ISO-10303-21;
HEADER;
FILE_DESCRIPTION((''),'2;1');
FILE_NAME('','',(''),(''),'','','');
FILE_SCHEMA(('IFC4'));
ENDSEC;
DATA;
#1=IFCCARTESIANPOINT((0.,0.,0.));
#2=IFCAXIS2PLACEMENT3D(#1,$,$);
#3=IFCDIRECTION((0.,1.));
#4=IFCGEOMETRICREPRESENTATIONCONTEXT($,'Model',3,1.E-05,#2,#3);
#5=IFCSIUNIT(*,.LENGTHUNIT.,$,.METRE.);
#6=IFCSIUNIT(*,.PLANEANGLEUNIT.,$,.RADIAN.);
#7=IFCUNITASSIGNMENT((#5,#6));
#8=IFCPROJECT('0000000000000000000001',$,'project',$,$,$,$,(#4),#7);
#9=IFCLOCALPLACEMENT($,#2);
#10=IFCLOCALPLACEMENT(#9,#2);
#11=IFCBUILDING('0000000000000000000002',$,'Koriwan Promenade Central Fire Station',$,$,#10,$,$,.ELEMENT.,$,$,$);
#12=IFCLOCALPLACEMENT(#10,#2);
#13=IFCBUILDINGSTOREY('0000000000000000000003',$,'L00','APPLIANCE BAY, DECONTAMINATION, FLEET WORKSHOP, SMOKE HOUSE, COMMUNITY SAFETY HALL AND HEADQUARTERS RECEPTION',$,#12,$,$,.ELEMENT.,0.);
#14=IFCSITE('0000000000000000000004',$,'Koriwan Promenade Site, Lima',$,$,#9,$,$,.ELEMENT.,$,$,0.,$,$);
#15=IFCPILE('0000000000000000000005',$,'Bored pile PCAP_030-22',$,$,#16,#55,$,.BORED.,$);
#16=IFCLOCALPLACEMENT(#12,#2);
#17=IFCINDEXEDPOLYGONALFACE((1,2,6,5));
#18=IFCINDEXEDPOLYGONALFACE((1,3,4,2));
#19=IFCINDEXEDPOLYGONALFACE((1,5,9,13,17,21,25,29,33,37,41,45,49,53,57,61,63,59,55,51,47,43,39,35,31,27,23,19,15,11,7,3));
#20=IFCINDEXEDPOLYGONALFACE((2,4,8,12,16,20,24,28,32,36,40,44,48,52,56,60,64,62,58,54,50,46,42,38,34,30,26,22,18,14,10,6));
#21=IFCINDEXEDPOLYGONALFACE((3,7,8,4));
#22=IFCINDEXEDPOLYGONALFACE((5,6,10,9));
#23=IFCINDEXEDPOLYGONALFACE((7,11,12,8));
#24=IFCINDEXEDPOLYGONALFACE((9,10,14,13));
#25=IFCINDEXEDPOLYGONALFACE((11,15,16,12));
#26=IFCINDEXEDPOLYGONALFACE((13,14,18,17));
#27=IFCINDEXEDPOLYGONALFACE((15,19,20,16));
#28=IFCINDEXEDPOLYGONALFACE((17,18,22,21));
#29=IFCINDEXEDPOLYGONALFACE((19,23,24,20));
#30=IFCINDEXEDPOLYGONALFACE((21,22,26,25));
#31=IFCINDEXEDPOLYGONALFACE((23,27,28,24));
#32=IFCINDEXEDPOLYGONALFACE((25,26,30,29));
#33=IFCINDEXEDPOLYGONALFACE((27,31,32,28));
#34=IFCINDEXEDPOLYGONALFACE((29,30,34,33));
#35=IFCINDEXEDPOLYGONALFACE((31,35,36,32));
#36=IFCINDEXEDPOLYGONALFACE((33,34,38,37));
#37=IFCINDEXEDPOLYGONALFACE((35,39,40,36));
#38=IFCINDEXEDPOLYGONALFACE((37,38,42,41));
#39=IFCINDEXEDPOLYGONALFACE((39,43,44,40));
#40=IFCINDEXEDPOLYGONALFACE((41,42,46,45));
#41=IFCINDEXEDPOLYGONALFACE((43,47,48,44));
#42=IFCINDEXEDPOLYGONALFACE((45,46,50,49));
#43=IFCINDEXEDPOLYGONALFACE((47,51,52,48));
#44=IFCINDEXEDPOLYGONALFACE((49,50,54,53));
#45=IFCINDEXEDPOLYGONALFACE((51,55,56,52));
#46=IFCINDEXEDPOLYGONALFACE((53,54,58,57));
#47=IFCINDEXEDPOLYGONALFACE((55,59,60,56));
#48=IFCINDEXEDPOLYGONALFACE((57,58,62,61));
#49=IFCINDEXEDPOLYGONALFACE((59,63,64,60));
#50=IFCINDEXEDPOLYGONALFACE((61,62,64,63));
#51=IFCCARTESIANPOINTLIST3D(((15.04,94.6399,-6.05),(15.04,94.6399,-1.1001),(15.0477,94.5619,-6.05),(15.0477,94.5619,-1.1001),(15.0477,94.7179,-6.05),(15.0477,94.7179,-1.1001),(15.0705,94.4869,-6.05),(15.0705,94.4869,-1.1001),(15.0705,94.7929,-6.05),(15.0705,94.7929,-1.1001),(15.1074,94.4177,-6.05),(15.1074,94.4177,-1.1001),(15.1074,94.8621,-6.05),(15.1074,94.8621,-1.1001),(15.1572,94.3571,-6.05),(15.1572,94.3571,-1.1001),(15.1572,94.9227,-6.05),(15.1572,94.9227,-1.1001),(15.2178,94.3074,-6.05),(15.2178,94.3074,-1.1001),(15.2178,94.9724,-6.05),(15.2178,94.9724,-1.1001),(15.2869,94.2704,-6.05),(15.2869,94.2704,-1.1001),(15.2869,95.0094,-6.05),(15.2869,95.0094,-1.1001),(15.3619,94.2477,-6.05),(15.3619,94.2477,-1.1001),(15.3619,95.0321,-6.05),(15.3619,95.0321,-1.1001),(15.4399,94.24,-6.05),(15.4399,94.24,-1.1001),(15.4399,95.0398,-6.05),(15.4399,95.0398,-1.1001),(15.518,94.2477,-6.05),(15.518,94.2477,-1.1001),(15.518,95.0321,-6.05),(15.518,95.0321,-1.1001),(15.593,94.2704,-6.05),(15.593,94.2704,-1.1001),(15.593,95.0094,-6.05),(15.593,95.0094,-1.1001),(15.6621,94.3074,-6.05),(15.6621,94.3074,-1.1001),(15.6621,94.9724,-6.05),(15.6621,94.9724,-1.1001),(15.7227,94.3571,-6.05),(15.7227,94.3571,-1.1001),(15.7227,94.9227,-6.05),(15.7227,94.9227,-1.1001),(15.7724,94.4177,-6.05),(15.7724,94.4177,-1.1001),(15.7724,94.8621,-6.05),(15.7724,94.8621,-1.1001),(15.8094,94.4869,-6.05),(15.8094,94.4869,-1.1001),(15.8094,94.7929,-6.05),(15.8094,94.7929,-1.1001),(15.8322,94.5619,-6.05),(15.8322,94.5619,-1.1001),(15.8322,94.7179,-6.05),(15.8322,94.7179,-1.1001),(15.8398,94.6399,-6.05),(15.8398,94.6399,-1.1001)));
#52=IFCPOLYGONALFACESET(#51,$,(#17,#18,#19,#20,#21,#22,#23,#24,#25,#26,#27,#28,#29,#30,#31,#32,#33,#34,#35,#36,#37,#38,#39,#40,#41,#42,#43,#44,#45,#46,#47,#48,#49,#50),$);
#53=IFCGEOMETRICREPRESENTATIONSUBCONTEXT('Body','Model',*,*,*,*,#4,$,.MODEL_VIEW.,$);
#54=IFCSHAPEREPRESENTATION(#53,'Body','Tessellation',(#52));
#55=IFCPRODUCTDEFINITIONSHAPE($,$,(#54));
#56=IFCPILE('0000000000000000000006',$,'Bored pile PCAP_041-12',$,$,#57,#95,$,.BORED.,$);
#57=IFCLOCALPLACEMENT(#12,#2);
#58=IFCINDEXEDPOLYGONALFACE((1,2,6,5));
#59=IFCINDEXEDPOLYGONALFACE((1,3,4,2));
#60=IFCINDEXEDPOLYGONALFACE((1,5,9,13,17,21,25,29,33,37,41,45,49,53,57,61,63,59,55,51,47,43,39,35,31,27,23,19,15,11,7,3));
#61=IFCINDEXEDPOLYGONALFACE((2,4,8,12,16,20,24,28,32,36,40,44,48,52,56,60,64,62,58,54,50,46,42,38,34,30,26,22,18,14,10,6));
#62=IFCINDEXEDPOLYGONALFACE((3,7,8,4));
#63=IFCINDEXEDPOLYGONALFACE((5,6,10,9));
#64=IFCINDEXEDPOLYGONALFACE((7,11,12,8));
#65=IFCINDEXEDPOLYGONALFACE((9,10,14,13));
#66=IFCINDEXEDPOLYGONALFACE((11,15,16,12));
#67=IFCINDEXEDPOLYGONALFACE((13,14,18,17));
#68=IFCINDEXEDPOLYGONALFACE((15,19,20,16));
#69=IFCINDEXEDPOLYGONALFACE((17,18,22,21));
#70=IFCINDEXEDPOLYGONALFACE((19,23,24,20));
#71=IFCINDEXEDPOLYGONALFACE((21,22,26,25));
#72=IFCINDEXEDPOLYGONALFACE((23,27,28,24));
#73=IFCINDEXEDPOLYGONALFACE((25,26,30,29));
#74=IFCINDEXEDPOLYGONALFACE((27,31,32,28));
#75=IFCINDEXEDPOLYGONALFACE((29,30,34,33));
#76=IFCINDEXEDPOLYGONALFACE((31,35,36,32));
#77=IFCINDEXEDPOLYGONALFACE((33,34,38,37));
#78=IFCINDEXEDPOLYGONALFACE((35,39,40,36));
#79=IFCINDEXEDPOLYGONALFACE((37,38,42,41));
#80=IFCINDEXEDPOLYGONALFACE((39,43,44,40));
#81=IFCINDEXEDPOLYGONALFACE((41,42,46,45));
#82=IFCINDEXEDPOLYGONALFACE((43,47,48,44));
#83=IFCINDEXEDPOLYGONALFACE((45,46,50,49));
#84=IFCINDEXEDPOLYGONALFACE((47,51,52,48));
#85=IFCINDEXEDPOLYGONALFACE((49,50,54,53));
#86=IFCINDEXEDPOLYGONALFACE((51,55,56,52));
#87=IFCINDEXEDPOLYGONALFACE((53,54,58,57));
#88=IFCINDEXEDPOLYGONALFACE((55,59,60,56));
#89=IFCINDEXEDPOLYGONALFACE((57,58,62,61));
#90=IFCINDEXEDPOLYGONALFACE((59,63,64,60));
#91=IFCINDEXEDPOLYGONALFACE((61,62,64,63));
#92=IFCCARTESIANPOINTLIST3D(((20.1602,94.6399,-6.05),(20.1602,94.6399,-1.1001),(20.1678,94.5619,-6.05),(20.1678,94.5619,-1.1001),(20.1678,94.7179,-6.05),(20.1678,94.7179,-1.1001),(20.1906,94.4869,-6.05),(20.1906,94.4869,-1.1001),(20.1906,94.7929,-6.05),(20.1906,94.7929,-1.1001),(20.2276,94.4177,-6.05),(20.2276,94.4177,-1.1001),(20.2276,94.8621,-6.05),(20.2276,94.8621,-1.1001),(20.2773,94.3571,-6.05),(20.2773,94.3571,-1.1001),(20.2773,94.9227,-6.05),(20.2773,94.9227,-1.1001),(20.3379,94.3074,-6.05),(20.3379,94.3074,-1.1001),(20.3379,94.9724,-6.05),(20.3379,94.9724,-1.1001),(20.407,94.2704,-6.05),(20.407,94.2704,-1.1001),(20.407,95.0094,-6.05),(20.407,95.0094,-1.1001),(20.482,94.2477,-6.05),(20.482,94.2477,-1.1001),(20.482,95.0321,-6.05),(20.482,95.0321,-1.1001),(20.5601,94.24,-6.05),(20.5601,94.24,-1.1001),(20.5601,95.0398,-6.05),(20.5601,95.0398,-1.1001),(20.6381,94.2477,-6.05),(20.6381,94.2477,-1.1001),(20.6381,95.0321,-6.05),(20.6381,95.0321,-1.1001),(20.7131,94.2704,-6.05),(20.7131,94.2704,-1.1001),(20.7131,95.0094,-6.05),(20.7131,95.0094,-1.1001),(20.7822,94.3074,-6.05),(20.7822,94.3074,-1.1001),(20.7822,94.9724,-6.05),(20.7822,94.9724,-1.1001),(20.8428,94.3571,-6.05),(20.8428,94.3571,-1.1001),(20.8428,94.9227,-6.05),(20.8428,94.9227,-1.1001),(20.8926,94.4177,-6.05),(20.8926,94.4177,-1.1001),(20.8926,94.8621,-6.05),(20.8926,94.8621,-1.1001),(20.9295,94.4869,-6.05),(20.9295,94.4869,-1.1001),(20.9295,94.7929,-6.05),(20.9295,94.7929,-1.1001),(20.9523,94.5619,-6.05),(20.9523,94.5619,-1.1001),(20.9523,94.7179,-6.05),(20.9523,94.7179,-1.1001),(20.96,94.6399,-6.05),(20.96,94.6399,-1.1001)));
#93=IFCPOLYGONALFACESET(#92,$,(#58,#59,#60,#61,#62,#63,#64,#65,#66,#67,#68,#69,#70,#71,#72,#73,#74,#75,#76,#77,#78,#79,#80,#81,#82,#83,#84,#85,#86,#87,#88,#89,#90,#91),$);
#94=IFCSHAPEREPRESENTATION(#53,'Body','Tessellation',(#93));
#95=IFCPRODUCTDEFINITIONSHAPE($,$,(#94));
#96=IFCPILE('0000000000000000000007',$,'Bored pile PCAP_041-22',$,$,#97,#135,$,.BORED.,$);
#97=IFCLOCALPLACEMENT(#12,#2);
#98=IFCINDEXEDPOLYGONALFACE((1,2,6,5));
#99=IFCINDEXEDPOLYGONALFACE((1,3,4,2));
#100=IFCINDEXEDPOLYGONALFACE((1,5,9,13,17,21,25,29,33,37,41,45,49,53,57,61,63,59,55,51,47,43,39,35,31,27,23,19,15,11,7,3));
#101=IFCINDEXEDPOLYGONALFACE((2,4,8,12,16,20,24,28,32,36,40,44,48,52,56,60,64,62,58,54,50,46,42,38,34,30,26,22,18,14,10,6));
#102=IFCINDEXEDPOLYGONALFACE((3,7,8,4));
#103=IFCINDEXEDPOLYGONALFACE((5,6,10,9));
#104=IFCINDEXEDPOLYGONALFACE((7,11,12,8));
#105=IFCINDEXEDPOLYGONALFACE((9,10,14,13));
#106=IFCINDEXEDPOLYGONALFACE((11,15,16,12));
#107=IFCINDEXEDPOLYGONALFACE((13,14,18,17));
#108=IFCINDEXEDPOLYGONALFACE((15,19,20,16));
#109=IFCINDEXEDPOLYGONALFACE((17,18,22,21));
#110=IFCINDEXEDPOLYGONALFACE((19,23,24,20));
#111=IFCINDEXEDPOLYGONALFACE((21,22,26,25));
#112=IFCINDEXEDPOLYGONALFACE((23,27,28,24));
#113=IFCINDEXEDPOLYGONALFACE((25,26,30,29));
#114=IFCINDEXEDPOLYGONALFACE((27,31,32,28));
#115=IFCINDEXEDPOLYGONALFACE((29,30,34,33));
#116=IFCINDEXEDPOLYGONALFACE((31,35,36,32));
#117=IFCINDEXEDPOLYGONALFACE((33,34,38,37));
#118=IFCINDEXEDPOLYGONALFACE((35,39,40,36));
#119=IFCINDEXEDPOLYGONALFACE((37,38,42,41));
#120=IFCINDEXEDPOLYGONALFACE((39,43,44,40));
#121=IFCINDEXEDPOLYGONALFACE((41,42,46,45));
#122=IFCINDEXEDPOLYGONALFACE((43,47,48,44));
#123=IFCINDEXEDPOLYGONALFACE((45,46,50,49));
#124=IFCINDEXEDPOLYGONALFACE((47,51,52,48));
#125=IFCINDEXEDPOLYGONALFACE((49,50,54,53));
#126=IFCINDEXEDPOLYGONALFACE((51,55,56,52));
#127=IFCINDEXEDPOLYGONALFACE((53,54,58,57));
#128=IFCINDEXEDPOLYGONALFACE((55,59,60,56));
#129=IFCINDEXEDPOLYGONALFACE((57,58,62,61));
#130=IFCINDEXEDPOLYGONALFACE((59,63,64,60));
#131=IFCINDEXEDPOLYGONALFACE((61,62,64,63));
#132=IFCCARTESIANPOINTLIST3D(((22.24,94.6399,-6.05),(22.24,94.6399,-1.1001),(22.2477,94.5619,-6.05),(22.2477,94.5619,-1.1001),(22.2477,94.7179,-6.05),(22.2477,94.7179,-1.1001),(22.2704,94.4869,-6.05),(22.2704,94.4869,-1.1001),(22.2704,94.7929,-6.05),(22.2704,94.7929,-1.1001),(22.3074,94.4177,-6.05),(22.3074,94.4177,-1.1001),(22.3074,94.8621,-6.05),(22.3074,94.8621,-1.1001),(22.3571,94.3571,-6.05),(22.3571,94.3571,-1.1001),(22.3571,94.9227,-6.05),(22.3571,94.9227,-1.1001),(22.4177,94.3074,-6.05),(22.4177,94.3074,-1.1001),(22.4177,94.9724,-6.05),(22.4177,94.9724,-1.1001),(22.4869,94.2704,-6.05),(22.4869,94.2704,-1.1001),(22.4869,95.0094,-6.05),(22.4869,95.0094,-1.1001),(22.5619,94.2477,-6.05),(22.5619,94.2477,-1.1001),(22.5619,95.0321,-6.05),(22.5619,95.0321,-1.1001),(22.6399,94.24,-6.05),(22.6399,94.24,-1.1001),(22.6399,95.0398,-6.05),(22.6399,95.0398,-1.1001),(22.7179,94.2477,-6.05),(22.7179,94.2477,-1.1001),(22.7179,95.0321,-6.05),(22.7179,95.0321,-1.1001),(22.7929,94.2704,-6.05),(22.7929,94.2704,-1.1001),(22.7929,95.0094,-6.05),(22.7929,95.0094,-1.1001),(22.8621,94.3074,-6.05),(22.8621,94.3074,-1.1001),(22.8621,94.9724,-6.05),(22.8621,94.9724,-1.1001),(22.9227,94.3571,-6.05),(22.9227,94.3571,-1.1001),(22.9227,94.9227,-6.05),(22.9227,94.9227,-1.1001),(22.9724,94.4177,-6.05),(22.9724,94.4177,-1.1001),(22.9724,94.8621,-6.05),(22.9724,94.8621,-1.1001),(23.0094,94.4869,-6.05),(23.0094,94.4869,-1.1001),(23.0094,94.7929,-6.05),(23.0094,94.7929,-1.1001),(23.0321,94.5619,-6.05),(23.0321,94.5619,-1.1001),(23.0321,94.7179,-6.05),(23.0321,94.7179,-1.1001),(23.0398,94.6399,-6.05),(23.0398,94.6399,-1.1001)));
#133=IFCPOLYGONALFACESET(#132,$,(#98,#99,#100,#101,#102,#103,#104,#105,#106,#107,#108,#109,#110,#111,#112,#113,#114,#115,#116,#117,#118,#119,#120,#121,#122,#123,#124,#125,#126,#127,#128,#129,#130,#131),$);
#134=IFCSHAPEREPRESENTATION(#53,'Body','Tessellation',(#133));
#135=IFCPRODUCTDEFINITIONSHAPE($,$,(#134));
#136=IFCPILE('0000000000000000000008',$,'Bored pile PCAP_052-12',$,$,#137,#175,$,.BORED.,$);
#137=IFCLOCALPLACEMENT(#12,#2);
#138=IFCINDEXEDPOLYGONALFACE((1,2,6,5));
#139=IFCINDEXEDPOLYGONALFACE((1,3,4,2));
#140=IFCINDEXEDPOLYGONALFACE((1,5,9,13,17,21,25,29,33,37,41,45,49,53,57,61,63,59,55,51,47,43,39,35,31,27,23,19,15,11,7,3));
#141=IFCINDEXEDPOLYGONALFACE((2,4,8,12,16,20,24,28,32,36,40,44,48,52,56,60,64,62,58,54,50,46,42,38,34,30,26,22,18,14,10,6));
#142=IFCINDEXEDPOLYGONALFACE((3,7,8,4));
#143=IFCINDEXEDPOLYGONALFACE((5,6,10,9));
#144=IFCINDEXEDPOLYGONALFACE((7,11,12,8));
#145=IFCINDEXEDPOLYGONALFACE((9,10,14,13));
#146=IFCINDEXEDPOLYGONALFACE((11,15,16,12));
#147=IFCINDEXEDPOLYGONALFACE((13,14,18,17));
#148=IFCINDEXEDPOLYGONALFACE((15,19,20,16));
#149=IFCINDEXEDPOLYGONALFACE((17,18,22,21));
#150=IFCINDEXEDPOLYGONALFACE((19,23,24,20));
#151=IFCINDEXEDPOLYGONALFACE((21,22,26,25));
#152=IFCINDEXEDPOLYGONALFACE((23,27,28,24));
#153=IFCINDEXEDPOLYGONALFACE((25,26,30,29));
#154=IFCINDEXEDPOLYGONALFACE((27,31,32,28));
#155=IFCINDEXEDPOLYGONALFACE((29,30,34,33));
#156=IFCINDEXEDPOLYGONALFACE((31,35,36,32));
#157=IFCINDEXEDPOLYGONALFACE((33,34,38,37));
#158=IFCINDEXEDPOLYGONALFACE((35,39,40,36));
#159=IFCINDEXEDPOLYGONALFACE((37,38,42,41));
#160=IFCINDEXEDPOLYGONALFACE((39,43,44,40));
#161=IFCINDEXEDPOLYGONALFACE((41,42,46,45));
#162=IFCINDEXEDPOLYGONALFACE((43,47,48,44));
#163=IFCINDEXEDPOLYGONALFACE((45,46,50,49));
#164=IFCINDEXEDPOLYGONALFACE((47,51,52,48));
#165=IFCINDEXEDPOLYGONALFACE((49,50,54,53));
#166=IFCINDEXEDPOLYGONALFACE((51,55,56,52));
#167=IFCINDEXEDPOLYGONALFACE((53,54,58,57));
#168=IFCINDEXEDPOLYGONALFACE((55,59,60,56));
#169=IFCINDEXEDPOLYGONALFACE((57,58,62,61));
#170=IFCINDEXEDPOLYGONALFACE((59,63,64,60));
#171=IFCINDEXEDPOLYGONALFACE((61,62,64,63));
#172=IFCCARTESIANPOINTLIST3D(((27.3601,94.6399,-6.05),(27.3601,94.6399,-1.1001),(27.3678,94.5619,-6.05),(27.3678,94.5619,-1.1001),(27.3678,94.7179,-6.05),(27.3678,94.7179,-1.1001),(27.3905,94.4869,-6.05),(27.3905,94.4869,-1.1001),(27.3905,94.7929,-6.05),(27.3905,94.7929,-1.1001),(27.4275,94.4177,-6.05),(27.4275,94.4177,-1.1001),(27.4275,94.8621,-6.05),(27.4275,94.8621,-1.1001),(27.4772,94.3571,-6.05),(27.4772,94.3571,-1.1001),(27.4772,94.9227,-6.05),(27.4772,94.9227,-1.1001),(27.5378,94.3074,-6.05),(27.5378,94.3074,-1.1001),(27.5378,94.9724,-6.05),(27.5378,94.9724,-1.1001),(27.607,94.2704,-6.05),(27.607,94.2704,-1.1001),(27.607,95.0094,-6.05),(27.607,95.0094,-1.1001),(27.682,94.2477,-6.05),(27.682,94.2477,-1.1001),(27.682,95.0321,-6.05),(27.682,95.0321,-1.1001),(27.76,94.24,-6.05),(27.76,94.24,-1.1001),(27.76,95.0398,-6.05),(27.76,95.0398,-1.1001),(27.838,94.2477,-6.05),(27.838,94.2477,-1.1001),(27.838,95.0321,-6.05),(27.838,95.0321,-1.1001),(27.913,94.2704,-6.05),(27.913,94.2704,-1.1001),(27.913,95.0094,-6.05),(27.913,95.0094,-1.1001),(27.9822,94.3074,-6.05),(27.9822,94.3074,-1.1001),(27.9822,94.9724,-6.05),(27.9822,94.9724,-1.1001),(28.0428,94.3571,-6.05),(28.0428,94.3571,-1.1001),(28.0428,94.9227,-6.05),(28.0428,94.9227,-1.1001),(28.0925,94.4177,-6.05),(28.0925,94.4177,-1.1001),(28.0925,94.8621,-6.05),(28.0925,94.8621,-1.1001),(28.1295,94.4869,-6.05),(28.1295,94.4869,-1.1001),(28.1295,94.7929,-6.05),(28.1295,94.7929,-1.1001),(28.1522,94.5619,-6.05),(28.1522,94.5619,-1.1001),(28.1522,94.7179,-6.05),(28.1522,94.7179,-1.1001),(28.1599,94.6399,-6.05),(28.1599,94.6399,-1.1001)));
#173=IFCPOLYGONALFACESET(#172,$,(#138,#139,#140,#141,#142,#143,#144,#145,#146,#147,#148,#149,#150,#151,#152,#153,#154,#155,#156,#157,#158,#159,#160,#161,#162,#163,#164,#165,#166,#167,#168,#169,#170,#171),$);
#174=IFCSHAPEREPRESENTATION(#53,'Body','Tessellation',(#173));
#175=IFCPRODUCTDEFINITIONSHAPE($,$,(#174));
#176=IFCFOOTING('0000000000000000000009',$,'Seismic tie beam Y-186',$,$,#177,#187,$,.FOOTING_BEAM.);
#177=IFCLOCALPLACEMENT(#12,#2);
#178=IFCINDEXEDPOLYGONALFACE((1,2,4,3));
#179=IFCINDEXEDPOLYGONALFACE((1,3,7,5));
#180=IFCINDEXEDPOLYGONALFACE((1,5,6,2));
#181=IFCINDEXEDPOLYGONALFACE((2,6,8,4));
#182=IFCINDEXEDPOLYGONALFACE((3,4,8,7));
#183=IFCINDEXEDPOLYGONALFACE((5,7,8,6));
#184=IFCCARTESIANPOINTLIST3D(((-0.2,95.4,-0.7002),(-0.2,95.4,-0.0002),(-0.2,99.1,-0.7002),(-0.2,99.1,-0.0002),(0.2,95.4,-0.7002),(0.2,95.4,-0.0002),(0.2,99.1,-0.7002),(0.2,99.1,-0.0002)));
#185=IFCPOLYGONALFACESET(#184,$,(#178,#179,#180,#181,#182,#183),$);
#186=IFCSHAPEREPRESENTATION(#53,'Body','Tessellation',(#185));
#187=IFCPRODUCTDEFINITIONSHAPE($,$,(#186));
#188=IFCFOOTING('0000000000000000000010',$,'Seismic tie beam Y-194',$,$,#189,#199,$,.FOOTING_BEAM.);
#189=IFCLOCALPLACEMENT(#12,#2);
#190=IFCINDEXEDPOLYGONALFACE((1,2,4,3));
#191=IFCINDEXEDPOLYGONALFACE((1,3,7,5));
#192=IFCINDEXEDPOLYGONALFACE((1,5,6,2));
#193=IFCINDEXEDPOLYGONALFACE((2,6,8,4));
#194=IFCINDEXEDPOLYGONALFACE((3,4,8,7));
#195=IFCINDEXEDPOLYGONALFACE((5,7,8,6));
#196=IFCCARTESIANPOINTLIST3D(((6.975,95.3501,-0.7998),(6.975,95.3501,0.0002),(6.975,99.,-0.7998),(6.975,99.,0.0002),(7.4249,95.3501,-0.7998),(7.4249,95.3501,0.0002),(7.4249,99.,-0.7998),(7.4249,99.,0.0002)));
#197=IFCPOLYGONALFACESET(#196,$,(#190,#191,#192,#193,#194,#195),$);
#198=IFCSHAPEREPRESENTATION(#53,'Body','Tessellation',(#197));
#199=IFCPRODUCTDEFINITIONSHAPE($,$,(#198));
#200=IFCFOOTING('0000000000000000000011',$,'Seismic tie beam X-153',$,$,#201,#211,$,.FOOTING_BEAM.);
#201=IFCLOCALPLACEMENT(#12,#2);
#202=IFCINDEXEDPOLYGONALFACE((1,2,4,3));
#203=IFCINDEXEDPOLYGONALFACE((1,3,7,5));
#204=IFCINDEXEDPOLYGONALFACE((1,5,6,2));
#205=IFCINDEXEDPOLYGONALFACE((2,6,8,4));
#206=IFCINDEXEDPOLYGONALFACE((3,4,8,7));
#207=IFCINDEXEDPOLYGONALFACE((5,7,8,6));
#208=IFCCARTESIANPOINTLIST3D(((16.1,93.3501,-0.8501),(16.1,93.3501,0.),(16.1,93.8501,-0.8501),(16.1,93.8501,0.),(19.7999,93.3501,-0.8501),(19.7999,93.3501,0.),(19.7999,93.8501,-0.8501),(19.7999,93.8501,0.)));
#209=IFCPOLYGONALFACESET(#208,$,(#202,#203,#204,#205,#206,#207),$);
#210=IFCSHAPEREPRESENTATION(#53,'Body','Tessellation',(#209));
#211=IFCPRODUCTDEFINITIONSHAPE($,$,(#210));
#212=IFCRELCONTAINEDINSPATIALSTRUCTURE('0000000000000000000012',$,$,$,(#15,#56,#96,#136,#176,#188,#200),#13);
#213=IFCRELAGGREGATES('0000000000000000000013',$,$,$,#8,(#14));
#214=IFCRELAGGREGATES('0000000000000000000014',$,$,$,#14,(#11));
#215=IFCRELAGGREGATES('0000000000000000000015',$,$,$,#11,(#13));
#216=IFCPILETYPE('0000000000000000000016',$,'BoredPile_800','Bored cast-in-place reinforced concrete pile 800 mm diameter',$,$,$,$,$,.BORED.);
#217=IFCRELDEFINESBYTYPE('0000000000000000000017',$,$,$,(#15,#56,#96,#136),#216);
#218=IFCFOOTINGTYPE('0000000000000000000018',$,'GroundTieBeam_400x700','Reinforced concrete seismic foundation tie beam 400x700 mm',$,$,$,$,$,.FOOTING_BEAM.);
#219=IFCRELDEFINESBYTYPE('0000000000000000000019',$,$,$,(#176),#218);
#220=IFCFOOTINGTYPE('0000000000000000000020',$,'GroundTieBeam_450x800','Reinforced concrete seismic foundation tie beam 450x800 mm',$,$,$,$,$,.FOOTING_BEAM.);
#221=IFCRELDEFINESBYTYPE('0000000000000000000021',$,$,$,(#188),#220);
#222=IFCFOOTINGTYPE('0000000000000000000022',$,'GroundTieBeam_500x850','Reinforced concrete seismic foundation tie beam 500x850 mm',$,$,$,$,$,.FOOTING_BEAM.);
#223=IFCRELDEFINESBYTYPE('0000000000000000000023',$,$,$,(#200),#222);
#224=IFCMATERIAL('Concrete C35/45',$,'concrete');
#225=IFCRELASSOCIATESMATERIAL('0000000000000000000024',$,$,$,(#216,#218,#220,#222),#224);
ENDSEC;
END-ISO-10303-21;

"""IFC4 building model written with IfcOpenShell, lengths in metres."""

from ifc_helpers import new_model, si_unit, direction, frame, origin, origin_2d, place, context, subcontext, project, spatial, rectangle, circle, extrude, material, material_profile, profile_set, type_object, element, save


model = new_model("IFC4")

# Units and contexts
model_context = context("Model", 3, precision=1e-05, world=origin(), true_north=direction((0.0, 1.0)))
body_context = subcontext(model_context, "Body", "Model", "MODEL_VIEW")
ifc_project = project(units=[si_unit("LENGTHUNIT", "METRE"), si_unit("PLANEANGLEUNIT", "RADIAN")], contexts=[model_context])

# Site, building, storey
site_placement = place(None, origin())
site = spatial("IfcSite", under=ifc_project, at=site_placement, Name="Koriwan Promenade Site, Lima", CompositionType="ELEMENT", RefElevation=0.0)
building_placement = place(site_placement, origin())
building = spatial("IfcBuilding", under=site, at=building_placement, Name="Koriwan Promenade Central Fire Station", CompositionType="ELEMENT")
storey_placement = place(building_placement, origin())
storey = spatial("IfcBuildingStorey", under=building, at=storey_placement, Name="L00", Description="APPLIANCE BAY, DECONTAMINATION, FLEET WORKSHOP, SMOKE HOUSE, COMMUNITY SAFETY HALL AND HEADQUARTERS RECEPTION", CompositionType="ELEMENT", Elevation=0.0)

# Piles
ifc_material_1 = material(Name="Concrete C35/45", Category="concrete")
ifc_material_profile_1 = material_profile(ifc_material_1, circle(Radius=0.3999, at=origin_2d()), Name="PILE-D800")
ifc_profile_set_1 = profile_set([ifc_material_profile_1], Name="Concrete C35/45")
pile_type = type_object("IfcPileType", Name="BoredPile_800", Description="Bored cast-in-place reinforced concrete pile 800 mm diameter", PredefinedType="BORED", material=ifc_profile_set_1)
for number, where, z_axis, x_axis, name in (
    (1, (15.4399, 94.6399, -1.1001), (0.0, 0.0, -1.0), (1.0, 0.0, 0.0), "Bored pile PCAP_030-22"),
    (2, (20.5601, 94.6399, -1.1001), (0.0, 0.0, -1.0), (1.0, 0.0, 0.0), "Bored pile PCAP_041-12"),
    (3, (22.6399, 94.6399, -1.1001), (0.0, 0.0, -1.0), (1.0, 0.0, 0.0), "Bored pile PCAP_041-22"),
    (4, (27.76, 94.6399, -1.1001), (0.0, 0.0, -1.0), (1.0, 0.0, 0.0), "Bored pile PCAP_052-12"),
):
    element("IfcPile", number, at=place(storey_placement, frame(where, z_axis=z_axis, x_axis=x_axis)), inside=storey, type_object=pile_type, Name=name, PredefinedType="BORED", context=body_context, shape_type="SweptSolid", body=[
        extrude(circle(Radius=0.3999, at=origin_2d()), origin(), (0.0, 0.0, 1.0), 4.95),
    ])

# Footings
footing_type_1 = type_object("IfcFootingType", Name="GroundTieBeam_400x700", Description="Reinforced concrete seismic foundation tie beam 400x700 mm", PredefinedType="FOOTING_BEAM", material=ifc_material_1)
footing_1_placement = place(storey_placement, frame((0.0, 97.25, -0.7002), z_axis=(0.0, 0.0, 1.0), x_axis=(0.0, 1.0, 0.0)))
element("IfcFooting", 5, at=footing_1_placement, inside=storey, type_object=footing_type_1, Name="Seismic tie beam Y-186", PredefinedType="FOOTING_BEAM", context=body_context, shape_type="SweptSolid", body=[
    extrude(rectangle(XDim=3.7, YDim=0.3999, at=origin_2d()), origin(), (0.0, 0.0, 1.0), 0.7),
])
footing_type_2 = type_object("IfcFootingType", Name="GroundTieBeam_450x800", Description="Reinforced concrete seismic foundation tie beam 450x800 mm", PredefinedType="FOOTING_BEAM", material=ifc_material_1)
footing_2_placement = place(storey_placement, frame((7.2, 97.175, -0.7998), z_axis=(0.0, 0.0, 1.0), x_axis=(0.0, 1.0, 0.0)))
element("IfcFooting", 6, at=footing_2_placement, inside=storey, type_object=footing_type_2, Name="Seismic tie beam Y-194", PredefinedType="FOOTING_BEAM", context=body_context, shape_type="SweptSolid", body=[
    extrude(rectangle(XDim=3.6499, YDim=0.45, at=origin_2d()), origin(), (0.0, 0.0, 1.0), 0.8),
])
footing_type_3 = type_object("IfcFootingType", Name="GroundTieBeam_500x850", Description="Reinforced concrete seismic foundation tie beam 500x850 mm", PredefinedType="FOOTING_BEAM", material=ifc_material_1)
footing_3_placement = place(storey_placement, frame((17.95, 93.6001, -0.8501), z_axis=(0.0, 0.0, 1.0), x_axis=(1.0, 0.0, 0.0)))
element("IfcFooting", 7, at=footing_3_placement, inside=storey, type_object=footing_type_3, Name="Seismic tie beam X-153", PredefinedType="FOOTING_BEAM", context=body_context, shape_type="SweptSolid", body=[
    extrude(rectangle(XDim=3.7, YDim=0.5, at=origin_2d()), origin(), (0.0, 0.0, 1.0), 0.8501),
])

save(model, "model.ifc")
